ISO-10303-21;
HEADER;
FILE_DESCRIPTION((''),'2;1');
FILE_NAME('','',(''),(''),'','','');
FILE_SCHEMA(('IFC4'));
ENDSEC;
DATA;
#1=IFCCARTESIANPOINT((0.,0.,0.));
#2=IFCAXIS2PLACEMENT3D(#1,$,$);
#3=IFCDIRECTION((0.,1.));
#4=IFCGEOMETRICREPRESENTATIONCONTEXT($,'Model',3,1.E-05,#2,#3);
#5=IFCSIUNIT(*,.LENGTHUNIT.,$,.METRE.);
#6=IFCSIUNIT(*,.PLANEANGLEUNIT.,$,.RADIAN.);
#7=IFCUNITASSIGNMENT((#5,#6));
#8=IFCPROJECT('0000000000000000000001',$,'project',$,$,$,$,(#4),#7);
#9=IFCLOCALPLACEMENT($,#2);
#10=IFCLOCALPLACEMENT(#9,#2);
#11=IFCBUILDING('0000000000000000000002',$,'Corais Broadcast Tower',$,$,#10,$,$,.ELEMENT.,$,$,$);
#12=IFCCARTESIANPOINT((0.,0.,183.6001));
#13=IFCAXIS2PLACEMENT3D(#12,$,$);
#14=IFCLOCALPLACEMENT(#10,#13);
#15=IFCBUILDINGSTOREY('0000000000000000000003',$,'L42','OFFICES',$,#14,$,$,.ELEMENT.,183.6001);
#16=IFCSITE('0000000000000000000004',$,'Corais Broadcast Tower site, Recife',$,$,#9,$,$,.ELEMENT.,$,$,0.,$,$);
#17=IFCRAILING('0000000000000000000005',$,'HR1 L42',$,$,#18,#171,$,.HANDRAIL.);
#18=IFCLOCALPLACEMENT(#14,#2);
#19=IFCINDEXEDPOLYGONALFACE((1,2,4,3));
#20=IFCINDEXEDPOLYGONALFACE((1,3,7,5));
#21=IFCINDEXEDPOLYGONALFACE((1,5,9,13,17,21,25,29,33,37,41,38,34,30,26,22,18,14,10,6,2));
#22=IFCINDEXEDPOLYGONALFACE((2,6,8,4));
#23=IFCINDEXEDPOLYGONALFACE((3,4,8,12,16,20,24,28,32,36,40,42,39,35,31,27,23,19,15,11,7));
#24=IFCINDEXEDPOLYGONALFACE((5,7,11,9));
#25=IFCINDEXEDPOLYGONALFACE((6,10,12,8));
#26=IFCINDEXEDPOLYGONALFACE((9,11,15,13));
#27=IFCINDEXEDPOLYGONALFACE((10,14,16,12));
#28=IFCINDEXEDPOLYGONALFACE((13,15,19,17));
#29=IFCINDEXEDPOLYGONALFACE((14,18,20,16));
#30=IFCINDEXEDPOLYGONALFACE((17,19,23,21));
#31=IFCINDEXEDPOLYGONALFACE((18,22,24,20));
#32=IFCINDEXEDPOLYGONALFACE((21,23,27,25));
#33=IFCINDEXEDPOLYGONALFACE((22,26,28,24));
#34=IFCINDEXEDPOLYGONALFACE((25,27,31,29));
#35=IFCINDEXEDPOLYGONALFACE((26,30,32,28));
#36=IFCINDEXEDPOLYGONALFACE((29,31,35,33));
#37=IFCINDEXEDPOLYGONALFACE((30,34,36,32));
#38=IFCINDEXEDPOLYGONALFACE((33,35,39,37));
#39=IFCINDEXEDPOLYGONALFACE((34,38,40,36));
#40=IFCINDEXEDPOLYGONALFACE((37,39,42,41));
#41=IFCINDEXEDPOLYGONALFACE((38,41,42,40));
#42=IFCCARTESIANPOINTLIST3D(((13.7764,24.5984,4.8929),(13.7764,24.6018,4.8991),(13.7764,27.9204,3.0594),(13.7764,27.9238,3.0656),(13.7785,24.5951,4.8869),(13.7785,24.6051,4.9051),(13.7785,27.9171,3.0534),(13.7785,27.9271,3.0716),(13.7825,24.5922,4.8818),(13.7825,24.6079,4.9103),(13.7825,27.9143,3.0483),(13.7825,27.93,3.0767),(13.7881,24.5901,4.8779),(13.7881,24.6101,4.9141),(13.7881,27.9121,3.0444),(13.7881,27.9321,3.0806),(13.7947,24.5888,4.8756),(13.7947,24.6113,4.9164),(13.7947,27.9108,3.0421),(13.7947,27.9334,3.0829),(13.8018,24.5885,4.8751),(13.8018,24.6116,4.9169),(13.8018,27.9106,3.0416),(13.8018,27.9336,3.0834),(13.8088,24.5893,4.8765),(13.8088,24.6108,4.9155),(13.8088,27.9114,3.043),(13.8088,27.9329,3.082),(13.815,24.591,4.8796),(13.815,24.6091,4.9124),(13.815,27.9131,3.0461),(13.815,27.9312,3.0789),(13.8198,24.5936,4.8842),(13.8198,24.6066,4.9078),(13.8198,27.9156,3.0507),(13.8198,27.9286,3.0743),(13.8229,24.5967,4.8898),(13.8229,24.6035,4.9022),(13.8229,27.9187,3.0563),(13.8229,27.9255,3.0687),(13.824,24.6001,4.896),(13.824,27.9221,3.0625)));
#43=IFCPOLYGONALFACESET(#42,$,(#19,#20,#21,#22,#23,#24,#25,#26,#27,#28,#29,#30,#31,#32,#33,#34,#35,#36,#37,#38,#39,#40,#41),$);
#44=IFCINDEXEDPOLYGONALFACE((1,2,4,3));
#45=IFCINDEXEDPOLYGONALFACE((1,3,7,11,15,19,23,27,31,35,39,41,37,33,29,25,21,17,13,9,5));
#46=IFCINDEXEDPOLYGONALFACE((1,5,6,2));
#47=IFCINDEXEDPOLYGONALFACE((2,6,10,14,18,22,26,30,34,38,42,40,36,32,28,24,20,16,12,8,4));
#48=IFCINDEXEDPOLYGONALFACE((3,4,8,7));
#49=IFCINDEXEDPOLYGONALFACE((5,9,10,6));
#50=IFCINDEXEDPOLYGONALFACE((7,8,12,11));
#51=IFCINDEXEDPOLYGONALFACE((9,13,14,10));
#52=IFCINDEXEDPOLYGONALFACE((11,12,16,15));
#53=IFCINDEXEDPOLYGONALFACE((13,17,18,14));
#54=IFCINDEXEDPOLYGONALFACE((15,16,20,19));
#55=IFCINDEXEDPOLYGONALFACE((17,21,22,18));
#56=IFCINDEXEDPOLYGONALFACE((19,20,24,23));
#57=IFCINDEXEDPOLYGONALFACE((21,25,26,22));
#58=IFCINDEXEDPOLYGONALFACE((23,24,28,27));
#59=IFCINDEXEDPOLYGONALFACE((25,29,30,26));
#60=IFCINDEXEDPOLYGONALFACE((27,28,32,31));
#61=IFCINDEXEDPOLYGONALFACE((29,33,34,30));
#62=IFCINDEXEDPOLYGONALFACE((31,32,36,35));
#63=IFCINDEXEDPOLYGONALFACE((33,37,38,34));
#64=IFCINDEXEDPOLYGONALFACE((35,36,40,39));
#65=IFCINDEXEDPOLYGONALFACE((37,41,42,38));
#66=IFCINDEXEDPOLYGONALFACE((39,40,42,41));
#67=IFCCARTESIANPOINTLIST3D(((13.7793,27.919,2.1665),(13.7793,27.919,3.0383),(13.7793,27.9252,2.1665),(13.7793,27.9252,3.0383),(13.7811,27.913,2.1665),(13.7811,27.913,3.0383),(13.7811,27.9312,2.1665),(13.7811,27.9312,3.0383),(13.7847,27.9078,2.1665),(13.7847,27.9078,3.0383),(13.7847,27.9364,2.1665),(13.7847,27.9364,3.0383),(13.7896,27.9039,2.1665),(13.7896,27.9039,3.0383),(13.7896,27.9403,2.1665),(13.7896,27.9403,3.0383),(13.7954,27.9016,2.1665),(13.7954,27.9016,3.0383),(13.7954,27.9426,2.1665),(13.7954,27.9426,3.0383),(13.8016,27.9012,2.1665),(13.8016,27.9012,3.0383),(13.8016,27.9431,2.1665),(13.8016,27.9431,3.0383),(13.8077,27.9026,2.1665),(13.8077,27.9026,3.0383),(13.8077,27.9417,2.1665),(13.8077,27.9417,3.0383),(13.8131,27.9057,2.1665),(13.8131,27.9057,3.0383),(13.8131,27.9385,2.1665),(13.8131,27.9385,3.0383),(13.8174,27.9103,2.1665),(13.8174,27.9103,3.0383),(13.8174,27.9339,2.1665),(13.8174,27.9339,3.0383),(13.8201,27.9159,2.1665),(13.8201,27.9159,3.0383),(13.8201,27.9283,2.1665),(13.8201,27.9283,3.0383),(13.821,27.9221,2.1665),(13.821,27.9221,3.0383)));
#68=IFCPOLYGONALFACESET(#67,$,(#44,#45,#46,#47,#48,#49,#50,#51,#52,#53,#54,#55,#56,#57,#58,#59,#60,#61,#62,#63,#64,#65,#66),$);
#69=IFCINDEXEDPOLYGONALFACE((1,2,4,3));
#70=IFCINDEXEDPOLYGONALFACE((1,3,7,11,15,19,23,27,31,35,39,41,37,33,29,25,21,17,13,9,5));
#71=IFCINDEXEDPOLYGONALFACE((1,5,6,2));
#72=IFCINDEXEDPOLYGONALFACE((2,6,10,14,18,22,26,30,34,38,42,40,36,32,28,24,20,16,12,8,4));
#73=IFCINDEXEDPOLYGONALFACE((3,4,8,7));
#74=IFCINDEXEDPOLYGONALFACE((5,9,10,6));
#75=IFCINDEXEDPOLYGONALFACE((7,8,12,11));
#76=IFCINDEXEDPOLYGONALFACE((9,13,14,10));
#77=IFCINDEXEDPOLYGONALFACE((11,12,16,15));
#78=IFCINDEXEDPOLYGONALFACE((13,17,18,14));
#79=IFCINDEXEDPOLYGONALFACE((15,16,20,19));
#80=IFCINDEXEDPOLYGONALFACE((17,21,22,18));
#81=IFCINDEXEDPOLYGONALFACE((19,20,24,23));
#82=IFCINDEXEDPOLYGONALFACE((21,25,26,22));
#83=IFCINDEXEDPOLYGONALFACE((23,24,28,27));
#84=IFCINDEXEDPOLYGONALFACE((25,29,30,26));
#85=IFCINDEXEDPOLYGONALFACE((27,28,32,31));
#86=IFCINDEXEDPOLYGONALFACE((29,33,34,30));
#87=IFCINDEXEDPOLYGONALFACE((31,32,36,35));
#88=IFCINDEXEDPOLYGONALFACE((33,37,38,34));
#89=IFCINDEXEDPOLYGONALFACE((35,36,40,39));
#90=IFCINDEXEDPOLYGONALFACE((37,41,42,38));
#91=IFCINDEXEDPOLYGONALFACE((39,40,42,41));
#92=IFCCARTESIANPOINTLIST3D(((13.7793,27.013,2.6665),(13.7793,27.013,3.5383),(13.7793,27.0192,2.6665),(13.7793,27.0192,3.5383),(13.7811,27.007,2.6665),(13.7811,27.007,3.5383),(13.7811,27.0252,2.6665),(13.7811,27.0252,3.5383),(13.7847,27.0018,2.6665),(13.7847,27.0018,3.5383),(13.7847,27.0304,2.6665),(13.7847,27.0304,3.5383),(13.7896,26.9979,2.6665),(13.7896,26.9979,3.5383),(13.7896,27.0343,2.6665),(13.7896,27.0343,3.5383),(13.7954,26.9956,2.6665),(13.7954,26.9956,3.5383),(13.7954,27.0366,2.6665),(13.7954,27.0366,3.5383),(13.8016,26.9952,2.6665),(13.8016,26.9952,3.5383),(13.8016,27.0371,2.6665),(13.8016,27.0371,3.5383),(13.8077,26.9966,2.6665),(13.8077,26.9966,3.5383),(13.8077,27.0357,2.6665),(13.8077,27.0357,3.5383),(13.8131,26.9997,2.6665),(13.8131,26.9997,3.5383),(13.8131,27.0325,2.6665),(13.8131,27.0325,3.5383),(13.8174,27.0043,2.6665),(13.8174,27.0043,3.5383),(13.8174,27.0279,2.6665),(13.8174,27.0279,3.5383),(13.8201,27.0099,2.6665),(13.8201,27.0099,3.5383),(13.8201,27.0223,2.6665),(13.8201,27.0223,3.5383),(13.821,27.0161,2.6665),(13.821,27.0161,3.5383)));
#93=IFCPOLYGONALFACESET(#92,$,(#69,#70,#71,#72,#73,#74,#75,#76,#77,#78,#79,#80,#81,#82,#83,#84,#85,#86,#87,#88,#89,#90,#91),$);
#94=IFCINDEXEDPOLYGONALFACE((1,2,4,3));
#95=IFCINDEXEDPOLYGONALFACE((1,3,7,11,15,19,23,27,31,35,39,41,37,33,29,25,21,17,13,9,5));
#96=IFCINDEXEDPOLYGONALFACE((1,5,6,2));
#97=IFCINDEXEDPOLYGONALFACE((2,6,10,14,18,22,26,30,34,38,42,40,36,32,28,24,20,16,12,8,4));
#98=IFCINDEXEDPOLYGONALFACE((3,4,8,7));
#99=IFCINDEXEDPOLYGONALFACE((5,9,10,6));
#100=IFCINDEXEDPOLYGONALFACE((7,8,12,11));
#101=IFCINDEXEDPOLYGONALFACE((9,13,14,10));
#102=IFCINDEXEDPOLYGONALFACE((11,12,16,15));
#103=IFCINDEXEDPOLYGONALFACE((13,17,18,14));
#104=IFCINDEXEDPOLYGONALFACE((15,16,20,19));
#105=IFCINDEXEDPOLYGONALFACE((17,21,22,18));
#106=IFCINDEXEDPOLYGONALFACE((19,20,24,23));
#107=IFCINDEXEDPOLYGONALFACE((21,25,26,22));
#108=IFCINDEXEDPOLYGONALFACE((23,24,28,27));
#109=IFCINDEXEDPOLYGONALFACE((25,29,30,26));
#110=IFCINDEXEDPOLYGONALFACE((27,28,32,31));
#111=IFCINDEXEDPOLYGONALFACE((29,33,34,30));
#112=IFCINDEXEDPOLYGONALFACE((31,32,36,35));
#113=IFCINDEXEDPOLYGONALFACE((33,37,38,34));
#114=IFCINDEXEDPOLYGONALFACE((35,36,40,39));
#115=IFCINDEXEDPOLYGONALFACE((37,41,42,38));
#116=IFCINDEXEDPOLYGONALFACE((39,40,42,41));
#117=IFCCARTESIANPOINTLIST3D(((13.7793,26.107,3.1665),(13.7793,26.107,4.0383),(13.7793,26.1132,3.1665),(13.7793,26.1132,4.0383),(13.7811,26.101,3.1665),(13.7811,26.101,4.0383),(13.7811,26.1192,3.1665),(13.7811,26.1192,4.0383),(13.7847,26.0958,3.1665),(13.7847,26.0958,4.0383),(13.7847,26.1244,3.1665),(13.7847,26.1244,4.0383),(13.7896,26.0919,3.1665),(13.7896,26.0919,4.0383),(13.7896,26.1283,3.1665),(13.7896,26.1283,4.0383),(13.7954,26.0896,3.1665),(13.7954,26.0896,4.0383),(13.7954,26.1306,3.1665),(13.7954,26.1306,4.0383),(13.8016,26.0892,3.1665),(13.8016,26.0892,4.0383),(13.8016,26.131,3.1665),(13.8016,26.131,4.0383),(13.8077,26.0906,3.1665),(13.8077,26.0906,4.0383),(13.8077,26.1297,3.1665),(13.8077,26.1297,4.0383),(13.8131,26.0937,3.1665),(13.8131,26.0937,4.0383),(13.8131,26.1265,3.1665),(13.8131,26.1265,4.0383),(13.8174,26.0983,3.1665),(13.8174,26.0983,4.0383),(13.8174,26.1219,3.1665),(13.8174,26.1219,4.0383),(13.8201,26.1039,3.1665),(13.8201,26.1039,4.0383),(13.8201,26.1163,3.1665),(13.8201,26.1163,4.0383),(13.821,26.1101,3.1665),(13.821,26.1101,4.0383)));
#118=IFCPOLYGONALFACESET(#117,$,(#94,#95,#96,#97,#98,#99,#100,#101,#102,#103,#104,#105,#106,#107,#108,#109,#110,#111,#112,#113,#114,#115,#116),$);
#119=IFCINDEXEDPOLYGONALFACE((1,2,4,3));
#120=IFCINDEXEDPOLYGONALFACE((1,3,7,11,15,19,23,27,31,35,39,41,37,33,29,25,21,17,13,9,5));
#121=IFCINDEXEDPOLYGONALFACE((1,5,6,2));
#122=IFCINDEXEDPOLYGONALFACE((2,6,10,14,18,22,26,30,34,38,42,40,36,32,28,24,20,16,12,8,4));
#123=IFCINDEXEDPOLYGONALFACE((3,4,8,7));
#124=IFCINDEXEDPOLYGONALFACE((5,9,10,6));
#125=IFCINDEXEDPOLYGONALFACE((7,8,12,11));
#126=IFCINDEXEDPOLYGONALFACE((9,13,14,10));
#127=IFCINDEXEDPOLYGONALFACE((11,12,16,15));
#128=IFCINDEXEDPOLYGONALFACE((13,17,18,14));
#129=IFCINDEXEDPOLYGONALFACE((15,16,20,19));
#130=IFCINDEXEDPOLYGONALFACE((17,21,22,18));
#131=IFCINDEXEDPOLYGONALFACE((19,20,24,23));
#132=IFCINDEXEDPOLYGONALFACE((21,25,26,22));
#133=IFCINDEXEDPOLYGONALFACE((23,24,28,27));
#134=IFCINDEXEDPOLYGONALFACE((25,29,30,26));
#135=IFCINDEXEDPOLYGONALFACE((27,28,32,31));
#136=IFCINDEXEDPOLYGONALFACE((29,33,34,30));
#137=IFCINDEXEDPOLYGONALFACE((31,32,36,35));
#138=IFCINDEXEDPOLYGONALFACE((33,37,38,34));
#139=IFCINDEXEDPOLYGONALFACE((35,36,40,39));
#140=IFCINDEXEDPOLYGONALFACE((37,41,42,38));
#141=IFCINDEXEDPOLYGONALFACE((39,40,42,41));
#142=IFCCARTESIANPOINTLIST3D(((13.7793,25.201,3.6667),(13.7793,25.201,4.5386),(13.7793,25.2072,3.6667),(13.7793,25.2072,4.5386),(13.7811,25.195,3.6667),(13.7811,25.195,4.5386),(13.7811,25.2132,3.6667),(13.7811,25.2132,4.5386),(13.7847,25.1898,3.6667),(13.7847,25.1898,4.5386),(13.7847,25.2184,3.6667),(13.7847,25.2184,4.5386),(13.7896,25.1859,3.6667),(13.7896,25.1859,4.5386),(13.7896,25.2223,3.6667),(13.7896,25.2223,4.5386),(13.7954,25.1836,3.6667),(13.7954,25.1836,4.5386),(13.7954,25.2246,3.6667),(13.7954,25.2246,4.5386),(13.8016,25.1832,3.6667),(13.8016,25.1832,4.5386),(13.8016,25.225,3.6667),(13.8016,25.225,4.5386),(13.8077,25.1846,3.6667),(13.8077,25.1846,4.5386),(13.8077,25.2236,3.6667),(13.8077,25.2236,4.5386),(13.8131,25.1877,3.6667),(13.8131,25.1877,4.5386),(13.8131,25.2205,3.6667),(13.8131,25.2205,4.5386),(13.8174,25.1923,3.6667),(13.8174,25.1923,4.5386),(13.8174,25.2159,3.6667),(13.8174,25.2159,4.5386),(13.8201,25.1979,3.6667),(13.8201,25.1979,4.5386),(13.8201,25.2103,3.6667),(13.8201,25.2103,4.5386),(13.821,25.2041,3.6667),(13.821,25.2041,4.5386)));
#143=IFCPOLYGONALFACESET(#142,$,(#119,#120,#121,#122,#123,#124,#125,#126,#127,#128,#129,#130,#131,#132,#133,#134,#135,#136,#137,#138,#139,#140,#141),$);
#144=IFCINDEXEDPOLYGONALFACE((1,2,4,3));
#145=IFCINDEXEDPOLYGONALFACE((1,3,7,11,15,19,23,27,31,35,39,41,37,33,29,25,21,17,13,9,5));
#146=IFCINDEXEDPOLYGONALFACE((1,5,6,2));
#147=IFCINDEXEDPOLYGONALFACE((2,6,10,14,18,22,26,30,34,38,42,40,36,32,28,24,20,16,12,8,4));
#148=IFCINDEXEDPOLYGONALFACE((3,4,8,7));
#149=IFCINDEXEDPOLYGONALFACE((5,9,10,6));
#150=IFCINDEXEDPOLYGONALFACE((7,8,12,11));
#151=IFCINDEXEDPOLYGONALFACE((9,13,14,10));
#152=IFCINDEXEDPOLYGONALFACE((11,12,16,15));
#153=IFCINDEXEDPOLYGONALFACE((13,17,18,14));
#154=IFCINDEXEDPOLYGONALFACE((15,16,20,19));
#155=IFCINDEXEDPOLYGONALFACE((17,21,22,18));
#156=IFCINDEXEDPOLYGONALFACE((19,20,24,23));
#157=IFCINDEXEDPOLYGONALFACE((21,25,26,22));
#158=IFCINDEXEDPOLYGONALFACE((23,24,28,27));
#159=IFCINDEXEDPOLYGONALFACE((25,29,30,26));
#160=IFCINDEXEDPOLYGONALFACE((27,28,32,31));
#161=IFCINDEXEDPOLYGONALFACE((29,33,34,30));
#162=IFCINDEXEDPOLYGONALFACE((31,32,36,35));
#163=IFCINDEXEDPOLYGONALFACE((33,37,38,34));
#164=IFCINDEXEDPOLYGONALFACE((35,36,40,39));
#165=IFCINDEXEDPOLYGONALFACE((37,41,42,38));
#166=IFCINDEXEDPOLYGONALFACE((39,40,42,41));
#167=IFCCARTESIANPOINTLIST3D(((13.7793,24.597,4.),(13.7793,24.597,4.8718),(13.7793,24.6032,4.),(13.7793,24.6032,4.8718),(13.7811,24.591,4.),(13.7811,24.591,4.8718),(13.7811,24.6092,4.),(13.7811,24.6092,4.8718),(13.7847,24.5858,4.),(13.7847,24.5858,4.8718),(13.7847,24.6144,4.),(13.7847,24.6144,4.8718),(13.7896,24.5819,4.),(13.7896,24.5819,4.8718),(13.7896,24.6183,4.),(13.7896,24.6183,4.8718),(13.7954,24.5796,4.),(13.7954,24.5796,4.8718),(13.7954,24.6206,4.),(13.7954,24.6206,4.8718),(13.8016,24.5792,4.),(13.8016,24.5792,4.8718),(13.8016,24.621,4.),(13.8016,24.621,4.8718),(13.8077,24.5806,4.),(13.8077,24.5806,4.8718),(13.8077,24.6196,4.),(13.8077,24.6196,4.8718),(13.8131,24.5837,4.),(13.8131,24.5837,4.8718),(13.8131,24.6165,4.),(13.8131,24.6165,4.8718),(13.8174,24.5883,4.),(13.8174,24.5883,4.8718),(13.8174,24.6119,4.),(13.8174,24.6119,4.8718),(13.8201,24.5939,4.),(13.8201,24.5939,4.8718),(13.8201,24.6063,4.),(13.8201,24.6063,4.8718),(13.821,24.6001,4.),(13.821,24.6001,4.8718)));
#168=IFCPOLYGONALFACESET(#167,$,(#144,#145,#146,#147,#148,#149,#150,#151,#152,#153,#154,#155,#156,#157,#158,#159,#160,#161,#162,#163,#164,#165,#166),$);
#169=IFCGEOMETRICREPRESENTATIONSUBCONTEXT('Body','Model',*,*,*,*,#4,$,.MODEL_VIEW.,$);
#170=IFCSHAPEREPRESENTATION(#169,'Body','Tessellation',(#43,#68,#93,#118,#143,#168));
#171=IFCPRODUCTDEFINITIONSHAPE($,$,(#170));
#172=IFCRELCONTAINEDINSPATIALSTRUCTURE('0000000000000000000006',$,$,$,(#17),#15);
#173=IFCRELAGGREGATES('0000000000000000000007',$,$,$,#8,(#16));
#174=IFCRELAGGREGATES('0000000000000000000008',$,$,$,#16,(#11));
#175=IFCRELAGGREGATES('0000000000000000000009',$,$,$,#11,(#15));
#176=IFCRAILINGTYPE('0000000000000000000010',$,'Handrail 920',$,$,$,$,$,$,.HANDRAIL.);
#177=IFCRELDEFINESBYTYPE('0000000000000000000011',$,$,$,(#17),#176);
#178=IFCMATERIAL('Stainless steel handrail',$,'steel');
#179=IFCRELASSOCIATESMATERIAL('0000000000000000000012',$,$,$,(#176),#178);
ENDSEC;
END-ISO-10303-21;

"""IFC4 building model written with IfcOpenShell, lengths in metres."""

from ifc_helpers import new_model, si_unit, direction, frame, origin, origin_2d, place, context, subcontext, project, spatial, circle, extrude, material, type_object, element, save


model = new_model("IFC4")

# Units and contexts
model_context = context("Model", 3, precision=1e-05, world=origin(), true_north=direction((0.0, 1.0)))
body_context = subcontext(model_context, "Body", "Model", "MODEL_VIEW")
ifc_project = project(units=[si_unit("LENGTHUNIT", "METRE"), si_unit("PLANEANGLEUNIT", "RADIAN")], contexts=[model_context])

# Site, building, storey
site_placement = place(None, origin())
site = spatial("IfcSite", under=ifc_project, at=site_placement, Name="Corais Broadcast Tower site, Recife", CompositionType="ELEMENT", RefElevation=0.0)
building_placement = place(site_placement, origin())
building = spatial("IfcBuilding", under=site, at=building_placement, Name="Corais Broadcast Tower", CompositionType="ELEMENT")
storey_placement = place(building_placement, frame((0.0, 0.0, 183.6001)))
storey = spatial("IfcBuildingStorey", under=building, at=storey_placement, Name="L42", Description="OFFICES", CompositionType="ELEMENT", Elevation=183.6001)

# Railing
ifc_material_1 = material(Name="Stainless steel handrail", Category="steel")
railing_type = type_object("IfcRailingType", Name="Handrail 920", PredefinedType="HANDRAIL", material=ifc_material_1)
railing_placement = place(storey_placement, frame((13.8, 27.9221, 2.1665)))
element("IfcRailing", 1, at=railing_placement, inside=storey, type_object=railing_type, Name="HR1 L42", PredefinedType="HANDRAIL", context=body_context, shape_type="SweptSolid", body=[
    extrude(circle(Radius=0.0239, at=origin_2d()), frame((0.0, 0.0, 0.896), z_axis=(0.0, -0.875504, 0.48321), x_axis=(1.0, 0.0, 0.0)), (0.0, 0.0, 1.0), 3.7944),
    extrude(circle(Radius=0.021, at=origin_2d()), origin(), (0.0, 0.0, 1.0), 0.8718),
    extrude(circle(Radius=0.021, at=origin_2d()), frame((0.0, -0.906, 0.5)), (0.0, 0.0, 1.0), 0.8718),
    extrude(circle(Radius=0.021, at=origin_2d()), frame((0.0, -1.812, 1.0)), (0.0, 0.0, 1.0), 0.8718),
    extrude(circle(Radius=0.021, at=origin_2d()), frame((0.0, -2.718, 1.5002)), (0.0, 0.0, 1.0), 0.8718),
    extrude(circle(Radius=0.021, at=origin_2d()), frame((0.0, -3.322, 1.8335)), (0.0, 0.0, 1.0), 0.8718),
])

save(model, "model.ifc")
